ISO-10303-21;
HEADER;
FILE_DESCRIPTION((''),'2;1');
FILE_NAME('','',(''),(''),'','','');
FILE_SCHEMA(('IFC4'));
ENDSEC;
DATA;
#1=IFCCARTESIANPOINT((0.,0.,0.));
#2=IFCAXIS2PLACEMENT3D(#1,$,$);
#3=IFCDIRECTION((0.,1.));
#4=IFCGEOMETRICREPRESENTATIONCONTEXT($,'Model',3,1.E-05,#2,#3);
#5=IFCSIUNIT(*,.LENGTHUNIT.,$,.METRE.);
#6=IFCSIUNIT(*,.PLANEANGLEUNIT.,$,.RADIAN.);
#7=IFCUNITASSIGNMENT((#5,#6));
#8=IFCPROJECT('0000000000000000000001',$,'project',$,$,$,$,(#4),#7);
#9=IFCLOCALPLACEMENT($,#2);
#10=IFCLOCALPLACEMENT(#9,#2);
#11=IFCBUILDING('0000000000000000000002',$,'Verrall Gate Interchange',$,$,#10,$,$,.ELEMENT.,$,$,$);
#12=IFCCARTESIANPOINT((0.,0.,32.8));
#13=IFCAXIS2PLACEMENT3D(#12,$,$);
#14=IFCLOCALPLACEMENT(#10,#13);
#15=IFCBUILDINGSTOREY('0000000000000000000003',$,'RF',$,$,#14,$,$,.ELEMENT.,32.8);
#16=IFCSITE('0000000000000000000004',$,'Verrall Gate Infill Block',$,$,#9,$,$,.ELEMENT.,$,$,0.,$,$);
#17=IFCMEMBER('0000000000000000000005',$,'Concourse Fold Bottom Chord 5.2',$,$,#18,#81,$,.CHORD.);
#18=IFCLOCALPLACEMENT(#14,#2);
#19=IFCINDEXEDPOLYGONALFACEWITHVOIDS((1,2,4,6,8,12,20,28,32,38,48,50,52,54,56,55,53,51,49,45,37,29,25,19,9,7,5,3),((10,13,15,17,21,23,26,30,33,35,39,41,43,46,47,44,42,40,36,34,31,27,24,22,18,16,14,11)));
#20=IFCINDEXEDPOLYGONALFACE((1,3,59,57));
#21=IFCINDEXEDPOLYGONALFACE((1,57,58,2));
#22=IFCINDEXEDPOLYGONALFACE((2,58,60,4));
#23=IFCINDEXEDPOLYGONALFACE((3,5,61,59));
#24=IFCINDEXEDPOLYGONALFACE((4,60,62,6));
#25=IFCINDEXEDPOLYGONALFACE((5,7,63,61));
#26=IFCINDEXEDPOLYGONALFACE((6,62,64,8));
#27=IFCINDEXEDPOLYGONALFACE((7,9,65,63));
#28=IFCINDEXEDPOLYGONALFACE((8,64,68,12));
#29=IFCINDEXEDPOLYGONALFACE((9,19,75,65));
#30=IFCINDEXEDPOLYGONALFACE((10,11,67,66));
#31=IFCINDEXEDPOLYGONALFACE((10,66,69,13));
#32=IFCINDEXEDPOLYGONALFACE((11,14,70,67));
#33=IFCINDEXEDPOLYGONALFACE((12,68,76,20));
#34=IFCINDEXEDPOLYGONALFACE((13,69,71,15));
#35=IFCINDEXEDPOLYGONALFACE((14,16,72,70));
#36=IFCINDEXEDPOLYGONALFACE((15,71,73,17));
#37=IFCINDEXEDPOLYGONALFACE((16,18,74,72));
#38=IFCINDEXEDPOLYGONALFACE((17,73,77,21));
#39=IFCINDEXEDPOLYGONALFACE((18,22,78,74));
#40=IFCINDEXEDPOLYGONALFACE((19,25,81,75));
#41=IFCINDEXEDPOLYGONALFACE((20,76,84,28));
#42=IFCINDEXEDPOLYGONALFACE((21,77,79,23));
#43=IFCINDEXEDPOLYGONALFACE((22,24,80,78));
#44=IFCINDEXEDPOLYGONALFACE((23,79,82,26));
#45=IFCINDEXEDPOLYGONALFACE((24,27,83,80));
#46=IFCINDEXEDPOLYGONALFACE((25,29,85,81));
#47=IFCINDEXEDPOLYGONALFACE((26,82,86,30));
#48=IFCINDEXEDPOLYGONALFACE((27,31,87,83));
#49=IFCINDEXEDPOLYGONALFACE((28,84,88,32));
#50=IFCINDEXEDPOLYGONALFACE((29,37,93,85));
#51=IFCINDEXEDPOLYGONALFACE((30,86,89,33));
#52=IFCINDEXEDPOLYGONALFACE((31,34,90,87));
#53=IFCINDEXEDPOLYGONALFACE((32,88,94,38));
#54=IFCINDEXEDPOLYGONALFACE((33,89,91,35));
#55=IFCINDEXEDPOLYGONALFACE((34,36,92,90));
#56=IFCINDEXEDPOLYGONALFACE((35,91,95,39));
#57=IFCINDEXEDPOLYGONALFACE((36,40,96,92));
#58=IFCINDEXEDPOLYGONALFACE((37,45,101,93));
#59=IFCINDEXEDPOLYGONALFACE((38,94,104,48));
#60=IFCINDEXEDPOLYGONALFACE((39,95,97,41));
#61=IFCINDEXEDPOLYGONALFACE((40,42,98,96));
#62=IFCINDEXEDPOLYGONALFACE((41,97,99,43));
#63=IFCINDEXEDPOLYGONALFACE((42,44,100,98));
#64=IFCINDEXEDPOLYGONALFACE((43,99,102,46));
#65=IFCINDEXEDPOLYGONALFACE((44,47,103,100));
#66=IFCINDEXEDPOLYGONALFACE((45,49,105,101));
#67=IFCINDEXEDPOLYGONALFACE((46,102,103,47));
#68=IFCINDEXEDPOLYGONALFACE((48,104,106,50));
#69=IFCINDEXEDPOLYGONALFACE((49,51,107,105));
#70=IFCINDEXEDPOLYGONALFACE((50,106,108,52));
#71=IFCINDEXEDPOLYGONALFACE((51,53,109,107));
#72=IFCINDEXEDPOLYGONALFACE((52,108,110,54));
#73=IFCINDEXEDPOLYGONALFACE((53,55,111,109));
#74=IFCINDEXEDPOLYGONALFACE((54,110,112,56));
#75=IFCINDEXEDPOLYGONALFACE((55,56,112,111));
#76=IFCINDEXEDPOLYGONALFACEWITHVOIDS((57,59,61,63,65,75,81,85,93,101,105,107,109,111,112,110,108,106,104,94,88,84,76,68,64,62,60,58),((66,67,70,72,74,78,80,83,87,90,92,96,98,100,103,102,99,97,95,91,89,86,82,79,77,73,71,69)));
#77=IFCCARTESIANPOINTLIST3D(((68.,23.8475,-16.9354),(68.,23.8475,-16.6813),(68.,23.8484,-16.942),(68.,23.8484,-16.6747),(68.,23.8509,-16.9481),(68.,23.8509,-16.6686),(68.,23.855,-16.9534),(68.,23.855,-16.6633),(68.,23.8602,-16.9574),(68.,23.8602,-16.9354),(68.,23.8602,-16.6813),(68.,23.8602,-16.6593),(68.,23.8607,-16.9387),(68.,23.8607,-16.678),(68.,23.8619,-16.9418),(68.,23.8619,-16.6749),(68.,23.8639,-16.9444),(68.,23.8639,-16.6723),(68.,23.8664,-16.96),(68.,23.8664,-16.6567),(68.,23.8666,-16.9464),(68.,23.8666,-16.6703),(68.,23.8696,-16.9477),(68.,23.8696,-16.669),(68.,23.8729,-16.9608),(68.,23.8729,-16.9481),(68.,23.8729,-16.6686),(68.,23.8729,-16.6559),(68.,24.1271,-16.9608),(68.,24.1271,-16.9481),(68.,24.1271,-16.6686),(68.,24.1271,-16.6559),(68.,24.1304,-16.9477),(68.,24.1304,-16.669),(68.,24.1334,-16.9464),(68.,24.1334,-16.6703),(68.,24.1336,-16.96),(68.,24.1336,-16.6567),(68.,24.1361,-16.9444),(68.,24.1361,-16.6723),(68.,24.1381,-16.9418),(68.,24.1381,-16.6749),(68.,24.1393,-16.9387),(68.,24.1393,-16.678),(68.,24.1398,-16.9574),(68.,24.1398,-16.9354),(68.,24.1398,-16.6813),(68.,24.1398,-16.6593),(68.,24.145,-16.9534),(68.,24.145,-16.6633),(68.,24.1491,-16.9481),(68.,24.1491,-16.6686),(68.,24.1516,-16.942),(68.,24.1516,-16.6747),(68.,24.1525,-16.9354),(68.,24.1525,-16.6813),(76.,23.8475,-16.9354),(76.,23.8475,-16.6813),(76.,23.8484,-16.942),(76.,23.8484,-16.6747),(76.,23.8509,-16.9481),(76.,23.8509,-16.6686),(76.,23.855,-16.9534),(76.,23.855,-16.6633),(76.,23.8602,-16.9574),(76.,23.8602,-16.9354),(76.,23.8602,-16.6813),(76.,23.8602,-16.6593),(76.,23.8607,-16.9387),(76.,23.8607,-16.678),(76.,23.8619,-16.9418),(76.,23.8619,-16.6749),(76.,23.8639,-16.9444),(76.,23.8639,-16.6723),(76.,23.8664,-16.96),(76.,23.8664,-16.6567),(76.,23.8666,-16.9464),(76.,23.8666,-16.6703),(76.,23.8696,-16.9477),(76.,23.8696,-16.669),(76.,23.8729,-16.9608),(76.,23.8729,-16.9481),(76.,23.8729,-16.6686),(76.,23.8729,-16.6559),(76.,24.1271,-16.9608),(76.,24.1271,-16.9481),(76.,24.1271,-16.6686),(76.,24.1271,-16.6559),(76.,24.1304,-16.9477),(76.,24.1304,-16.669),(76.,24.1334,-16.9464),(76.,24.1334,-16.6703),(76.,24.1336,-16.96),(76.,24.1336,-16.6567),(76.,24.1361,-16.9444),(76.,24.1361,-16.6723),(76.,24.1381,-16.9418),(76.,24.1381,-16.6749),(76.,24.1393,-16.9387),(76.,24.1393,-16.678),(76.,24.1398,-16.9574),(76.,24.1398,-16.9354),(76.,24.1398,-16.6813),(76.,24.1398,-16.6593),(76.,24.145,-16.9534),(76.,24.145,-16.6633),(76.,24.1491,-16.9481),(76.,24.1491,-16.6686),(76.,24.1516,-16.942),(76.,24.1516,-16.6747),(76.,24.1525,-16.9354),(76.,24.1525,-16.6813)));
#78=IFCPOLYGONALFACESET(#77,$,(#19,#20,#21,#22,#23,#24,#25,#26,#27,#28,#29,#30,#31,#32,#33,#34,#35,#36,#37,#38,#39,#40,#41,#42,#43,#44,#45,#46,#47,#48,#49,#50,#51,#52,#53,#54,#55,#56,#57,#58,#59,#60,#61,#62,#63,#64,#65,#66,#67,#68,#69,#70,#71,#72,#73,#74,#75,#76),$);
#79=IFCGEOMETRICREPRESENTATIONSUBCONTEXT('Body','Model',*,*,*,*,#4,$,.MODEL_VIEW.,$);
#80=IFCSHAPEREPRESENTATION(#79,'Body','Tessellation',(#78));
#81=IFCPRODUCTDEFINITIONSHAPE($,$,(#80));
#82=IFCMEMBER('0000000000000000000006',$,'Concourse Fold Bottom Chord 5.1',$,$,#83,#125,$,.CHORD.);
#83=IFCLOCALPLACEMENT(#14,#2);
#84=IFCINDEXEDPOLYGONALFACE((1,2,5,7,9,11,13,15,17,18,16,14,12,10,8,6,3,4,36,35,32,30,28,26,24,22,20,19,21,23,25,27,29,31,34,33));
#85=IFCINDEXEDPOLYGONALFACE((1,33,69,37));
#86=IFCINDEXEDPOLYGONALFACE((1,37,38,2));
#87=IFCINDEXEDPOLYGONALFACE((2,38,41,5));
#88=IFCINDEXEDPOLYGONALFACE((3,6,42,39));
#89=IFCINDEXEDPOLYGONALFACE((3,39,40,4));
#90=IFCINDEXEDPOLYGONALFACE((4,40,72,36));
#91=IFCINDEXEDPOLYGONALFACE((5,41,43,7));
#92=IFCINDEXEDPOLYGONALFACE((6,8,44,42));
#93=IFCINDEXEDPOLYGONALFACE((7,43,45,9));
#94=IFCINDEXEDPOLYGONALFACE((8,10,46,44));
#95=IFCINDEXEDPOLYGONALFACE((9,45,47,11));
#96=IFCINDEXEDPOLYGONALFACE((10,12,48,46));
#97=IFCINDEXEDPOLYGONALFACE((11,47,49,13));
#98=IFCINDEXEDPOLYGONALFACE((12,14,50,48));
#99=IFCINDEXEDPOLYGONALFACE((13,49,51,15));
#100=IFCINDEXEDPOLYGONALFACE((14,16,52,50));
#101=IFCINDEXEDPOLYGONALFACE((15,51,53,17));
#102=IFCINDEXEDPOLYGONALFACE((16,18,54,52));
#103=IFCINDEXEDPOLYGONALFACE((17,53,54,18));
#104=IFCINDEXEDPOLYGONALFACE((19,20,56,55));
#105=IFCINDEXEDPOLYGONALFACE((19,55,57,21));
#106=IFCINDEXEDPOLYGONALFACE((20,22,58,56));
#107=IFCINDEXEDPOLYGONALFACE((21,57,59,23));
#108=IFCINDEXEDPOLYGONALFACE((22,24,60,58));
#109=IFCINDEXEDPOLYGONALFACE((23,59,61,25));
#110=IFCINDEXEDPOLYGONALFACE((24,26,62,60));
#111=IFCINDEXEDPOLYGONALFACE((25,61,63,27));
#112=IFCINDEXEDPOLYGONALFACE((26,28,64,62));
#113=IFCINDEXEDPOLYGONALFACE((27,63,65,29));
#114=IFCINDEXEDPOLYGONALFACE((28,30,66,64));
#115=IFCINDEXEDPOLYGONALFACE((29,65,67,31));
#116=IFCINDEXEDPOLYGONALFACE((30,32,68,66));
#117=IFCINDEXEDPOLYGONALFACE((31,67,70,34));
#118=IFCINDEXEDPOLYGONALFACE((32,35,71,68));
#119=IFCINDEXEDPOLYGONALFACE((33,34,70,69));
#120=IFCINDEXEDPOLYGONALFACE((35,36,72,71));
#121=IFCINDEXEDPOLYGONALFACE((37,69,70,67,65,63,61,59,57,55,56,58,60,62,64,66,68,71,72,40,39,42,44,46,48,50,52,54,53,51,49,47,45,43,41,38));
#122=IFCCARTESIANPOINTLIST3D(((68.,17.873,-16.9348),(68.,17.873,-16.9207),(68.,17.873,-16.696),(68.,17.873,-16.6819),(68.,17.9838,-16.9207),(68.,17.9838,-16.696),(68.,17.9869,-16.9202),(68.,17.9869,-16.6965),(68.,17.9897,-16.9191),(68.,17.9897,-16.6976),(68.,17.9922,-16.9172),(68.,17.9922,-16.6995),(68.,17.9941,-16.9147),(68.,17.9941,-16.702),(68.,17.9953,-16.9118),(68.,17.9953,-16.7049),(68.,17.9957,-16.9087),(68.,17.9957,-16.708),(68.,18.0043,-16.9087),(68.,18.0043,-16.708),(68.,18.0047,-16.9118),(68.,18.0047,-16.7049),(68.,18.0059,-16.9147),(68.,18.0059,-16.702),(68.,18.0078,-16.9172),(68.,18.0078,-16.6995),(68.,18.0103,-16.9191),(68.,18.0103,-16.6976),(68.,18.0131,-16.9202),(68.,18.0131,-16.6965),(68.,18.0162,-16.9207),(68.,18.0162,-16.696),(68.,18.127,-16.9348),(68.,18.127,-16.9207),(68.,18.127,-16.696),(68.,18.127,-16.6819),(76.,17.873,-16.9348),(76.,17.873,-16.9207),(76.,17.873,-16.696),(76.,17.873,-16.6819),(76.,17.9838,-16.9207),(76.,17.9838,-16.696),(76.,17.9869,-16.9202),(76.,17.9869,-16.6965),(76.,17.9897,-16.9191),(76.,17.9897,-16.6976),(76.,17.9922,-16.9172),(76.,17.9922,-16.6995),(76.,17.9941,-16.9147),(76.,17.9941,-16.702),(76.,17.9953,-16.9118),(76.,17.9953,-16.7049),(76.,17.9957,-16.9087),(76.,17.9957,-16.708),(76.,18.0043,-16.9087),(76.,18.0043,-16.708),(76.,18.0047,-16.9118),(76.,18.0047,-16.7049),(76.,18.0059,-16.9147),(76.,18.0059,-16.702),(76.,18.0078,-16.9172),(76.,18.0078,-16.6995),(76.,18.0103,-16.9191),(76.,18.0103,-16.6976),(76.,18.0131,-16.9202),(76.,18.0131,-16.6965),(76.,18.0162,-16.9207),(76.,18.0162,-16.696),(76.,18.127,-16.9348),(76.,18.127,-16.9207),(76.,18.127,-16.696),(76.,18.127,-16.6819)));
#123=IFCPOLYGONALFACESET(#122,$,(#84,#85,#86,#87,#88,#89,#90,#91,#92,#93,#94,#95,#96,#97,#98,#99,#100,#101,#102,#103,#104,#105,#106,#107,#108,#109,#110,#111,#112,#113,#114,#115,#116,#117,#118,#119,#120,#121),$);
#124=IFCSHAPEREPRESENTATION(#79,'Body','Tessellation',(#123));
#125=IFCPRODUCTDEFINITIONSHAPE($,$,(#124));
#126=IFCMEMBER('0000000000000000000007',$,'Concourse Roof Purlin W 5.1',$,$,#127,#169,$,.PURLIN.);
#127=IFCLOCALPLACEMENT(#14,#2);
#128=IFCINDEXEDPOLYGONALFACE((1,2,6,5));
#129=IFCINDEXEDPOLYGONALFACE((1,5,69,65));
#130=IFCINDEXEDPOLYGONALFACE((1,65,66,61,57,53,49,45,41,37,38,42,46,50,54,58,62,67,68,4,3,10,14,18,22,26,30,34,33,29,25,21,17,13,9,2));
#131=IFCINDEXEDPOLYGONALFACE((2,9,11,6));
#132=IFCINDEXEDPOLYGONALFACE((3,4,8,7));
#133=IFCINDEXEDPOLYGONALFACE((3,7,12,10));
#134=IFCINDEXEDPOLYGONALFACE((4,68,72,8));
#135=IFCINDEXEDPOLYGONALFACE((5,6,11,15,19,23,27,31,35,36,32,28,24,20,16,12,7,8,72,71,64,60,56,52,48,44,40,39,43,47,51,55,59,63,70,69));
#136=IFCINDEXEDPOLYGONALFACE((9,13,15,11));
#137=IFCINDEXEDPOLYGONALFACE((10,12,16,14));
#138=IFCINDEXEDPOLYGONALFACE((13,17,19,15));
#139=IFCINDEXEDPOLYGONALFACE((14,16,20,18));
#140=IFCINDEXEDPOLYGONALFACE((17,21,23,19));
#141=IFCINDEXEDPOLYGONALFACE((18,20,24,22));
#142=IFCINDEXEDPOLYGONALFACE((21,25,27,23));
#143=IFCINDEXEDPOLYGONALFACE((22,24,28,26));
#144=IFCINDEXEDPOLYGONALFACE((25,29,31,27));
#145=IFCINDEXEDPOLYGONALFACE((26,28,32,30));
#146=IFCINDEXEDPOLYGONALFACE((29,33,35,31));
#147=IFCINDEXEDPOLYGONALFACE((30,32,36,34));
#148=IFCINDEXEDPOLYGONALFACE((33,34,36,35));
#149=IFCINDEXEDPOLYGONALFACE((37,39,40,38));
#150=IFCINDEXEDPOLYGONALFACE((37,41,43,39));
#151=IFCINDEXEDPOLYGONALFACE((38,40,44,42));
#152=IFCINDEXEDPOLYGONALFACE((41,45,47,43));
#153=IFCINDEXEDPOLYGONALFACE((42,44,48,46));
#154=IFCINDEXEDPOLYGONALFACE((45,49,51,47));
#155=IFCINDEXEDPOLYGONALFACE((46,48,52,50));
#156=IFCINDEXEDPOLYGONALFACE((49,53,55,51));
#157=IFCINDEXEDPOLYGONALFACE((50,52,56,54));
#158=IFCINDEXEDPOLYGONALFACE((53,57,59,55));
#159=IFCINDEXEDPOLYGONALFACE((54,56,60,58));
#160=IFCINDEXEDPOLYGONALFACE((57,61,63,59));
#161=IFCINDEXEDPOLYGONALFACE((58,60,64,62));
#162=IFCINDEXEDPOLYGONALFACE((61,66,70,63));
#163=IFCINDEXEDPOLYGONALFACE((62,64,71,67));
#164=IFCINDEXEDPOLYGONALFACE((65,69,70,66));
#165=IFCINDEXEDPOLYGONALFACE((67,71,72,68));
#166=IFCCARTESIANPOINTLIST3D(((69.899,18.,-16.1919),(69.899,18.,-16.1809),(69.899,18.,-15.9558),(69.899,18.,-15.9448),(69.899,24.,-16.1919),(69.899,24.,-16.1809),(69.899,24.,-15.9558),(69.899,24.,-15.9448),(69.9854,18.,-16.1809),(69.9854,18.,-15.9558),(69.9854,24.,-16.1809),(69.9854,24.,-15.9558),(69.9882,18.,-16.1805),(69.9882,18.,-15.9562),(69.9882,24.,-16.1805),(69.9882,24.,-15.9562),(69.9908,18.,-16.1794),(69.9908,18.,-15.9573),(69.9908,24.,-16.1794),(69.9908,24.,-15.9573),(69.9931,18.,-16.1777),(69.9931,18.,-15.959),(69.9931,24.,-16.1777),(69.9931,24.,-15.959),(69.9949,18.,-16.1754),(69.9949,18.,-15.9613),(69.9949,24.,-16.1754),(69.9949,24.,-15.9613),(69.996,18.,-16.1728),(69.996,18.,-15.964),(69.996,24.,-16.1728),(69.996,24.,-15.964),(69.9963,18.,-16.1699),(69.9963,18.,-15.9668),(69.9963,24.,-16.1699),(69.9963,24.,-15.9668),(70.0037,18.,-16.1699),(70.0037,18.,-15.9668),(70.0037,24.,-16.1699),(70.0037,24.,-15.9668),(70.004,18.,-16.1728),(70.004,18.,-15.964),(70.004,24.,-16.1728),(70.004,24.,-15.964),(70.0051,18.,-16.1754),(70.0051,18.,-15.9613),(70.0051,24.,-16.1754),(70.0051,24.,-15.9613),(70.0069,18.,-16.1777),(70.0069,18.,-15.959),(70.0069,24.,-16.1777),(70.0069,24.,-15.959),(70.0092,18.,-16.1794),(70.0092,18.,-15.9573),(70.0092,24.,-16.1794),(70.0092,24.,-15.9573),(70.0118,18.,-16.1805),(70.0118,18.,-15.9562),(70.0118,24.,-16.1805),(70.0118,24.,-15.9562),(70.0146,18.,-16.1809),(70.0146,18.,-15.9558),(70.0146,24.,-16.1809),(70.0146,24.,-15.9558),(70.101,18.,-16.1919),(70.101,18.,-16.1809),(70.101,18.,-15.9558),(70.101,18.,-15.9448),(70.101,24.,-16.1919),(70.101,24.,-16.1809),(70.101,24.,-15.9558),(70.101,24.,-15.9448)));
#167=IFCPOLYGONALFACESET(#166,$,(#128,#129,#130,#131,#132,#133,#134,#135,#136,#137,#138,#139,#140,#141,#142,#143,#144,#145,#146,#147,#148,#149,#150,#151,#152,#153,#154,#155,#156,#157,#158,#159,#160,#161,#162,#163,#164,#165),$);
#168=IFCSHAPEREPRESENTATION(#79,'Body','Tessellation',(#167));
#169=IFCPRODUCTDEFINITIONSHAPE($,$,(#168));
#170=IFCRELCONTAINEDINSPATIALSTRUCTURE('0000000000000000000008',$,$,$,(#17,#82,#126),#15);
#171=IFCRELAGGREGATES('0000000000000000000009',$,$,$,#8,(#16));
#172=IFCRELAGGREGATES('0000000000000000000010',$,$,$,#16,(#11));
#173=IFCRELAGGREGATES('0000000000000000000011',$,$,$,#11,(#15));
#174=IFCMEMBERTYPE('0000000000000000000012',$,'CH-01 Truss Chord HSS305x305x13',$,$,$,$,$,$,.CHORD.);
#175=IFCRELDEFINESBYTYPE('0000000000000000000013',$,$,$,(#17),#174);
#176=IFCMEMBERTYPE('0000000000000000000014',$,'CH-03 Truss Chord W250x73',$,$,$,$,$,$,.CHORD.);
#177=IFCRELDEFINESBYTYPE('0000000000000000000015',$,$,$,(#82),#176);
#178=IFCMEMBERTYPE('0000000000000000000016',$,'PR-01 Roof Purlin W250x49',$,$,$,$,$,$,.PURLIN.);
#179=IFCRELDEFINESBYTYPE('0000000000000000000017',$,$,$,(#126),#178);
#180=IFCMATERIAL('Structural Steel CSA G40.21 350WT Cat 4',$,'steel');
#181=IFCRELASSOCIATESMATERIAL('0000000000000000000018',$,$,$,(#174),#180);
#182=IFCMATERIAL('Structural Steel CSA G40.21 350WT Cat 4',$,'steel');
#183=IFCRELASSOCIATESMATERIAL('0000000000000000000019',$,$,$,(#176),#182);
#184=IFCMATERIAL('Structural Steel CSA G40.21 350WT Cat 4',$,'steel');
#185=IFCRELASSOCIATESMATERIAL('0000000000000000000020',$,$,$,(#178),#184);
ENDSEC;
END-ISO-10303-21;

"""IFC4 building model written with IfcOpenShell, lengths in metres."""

from ifc_helpers import new_model, si_unit, direction, frame, origin, origin_2d, place, context, subcontext, project, spatial, hollow_rectangle, i_section, extrude, material, material_profile, profile_set, type_object, element, save


model = new_model("IFC4")

# Units and contexts
model_context = context("Model", 3, precision=1e-05, world=origin(), true_north=direction((0.0, 1.0)))
body_context = subcontext(model_context, "Body", "Model", "MODEL_VIEW")
ifc_project = project(units=[si_unit("LENGTHUNIT", "METRE"), si_unit("PLANEANGLEUNIT", "RADIAN")], contexts=[model_context])

# Site, building, storey
site_placement = place(None, origin())
site = spatial("IfcSite", under=ifc_project, at=site_placement, Name="Verrall Gate Infill Block", CompositionType="ELEMENT", RefElevation=0.0)
building_placement = place(site_placement, origin())
building = spatial("IfcBuilding", under=site, at=building_placement, Name="Verrall Gate Interchange", CompositionType="ELEMENT")
storey_placement = place(building_placement, frame((0.0, 0.0, 32.8)))
storey = spatial("IfcBuildingStorey", under=building, at=storey_placement, Name="RF", CompositionType="ELEMENT", Elevation=32.8)

# Members
ifc_material_1 = material(Name="Structural Steel CSA G40.21 350WT Cat 4", Category="steel")
ifc_material_profile_1 = material_profile(ifc_material_1, hollow_rectangle(XDim=0.3049, YDim=0.3049, WallThickness=0.0127, InnerFilletRadius=0.0127, OuterFilletRadius=0.0254, at=origin_2d()), Name="HSS305x305x13")
ifc_profile_set_1 = profile_set([ifc_material_profile_1], Name="Structural Steel CSA G40.21 350WT Cat 4")
member_type_1 = type_object("IfcMemberType", Name="CH-01 Truss Chord HSS305x305x13", PredefinedType="CHORD", material=ifc_profile_set_1)
member_1_placement = place(storey_placement, frame((68.0, 24.0, -16.8083), z_axis=(1.0, 0.0, 0.0), x_axis=(0.0, 1.0, 0.0)))
element("IfcMember", 1, at=member_1_placement, inside=storey, type_object=member_type_1, Name="Concourse Fold Bottom Chord 5.2", PredefinedType="CHORD", context=body_context, shape_type="SweptSolid", body=[
    extrude(hollow_rectangle(XDim=0.3049, YDim=0.3049, WallThickness=0.0127, InnerFilletRadius=0.0127, OuterFilletRadius=0.0254, at=origin_2d()), origin(), (0.0, 0.0, 1.0), 8.0),
])
ifc_material_2 = material(Name="Structural Steel CSA G40.21 350WT Cat 4", Category="steel")
ifc_material_profile_2 = material_profile(ifc_material_2, i_section(OverallWidth=0.2539, OverallDepth=0.2529, WebThickness=0.0085, FlangeThickness=0.0142, FilletRadius=0.012, at=origin_2d()), Name="W250x73")
ifc_profile_set_2 = profile_set([ifc_material_profile_2], Name="Structural Steel CSA G40.21 350WT Cat 4")
member_type_2 = type_object("IfcMemberType", Name="CH-03 Truss Chord W250x73", PredefinedType="CHORD", material=ifc_profile_set_2)
member_2_placement = place(storey_placement, frame((68.0, 18.0, -16.8083), z_axis=(1.0, 0.0, 0.0), x_axis=(0.0, 1.0, 0.0)))
element("IfcMember", 2, at=member_2_placement, inside=storey, type_object=member_type_2, Name="Concourse Fold Bottom Chord 5.1", PredefinedType="CHORD", context=body_context, shape_type="SweptSolid", body=[
    extrude(i_section(OverallWidth=0.2539, OverallDepth=0.2529, WebThickness=0.0085, FlangeThickness=0.0142, FilletRadius=0.012, at=origin_2d()), origin(), (0.0, 0.0, 1.0), 8.0),
])
ifc_material_3 = material(Name="Structural Steel CSA G40.21 350WT Cat 4", Category="steel")
ifc_material_profile_3 = material_profile(ifc_material_3, i_section(OverallWidth=0.2019, OverallDepth=0.2471, WebThickness=0.0073, FlangeThickness=0.011, FilletRadius=0.011, at=origin_2d()), Name="W250x49")
ifc_profile_set_3 = profile_set([ifc_material_profile_3], Name="Structural Steel CSA G40.21 350WT Cat 4")
member_type_3 = type_object("IfcMemberType", Name="PR-01 Roof Purlin W250x49", PredefinedType="PURLIN", material=ifc_profile_set_3)
for number, where, z_axis, x_axis, name in (
    (3, (70.0, 18.0, -16.0684), (0.0, 1.0, 0.0), (-1.0, 0.0, 0.0), "Concourse Roof Purlin W 5.1"),
):
    element("IfcMember", number, at=place(storey_placement, frame(where, z_axis=z_axis, x_axis=x_axis)), inside=storey, type_object=member_type_3, Name=name, PredefinedType="PURLIN", context=body_context, shape_type="SweptSolid", body=[
        extrude(i_section(OverallWidth=0.2019, OverallDepth=0.2471, WebThickness=0.0073, FlangeThickness=0.011, FilletRadius=0.011, at=origin_2d()), origin(), (0.0, 0.0, 1.0), 6.0),
    ])

save(model, "model.ifc")
